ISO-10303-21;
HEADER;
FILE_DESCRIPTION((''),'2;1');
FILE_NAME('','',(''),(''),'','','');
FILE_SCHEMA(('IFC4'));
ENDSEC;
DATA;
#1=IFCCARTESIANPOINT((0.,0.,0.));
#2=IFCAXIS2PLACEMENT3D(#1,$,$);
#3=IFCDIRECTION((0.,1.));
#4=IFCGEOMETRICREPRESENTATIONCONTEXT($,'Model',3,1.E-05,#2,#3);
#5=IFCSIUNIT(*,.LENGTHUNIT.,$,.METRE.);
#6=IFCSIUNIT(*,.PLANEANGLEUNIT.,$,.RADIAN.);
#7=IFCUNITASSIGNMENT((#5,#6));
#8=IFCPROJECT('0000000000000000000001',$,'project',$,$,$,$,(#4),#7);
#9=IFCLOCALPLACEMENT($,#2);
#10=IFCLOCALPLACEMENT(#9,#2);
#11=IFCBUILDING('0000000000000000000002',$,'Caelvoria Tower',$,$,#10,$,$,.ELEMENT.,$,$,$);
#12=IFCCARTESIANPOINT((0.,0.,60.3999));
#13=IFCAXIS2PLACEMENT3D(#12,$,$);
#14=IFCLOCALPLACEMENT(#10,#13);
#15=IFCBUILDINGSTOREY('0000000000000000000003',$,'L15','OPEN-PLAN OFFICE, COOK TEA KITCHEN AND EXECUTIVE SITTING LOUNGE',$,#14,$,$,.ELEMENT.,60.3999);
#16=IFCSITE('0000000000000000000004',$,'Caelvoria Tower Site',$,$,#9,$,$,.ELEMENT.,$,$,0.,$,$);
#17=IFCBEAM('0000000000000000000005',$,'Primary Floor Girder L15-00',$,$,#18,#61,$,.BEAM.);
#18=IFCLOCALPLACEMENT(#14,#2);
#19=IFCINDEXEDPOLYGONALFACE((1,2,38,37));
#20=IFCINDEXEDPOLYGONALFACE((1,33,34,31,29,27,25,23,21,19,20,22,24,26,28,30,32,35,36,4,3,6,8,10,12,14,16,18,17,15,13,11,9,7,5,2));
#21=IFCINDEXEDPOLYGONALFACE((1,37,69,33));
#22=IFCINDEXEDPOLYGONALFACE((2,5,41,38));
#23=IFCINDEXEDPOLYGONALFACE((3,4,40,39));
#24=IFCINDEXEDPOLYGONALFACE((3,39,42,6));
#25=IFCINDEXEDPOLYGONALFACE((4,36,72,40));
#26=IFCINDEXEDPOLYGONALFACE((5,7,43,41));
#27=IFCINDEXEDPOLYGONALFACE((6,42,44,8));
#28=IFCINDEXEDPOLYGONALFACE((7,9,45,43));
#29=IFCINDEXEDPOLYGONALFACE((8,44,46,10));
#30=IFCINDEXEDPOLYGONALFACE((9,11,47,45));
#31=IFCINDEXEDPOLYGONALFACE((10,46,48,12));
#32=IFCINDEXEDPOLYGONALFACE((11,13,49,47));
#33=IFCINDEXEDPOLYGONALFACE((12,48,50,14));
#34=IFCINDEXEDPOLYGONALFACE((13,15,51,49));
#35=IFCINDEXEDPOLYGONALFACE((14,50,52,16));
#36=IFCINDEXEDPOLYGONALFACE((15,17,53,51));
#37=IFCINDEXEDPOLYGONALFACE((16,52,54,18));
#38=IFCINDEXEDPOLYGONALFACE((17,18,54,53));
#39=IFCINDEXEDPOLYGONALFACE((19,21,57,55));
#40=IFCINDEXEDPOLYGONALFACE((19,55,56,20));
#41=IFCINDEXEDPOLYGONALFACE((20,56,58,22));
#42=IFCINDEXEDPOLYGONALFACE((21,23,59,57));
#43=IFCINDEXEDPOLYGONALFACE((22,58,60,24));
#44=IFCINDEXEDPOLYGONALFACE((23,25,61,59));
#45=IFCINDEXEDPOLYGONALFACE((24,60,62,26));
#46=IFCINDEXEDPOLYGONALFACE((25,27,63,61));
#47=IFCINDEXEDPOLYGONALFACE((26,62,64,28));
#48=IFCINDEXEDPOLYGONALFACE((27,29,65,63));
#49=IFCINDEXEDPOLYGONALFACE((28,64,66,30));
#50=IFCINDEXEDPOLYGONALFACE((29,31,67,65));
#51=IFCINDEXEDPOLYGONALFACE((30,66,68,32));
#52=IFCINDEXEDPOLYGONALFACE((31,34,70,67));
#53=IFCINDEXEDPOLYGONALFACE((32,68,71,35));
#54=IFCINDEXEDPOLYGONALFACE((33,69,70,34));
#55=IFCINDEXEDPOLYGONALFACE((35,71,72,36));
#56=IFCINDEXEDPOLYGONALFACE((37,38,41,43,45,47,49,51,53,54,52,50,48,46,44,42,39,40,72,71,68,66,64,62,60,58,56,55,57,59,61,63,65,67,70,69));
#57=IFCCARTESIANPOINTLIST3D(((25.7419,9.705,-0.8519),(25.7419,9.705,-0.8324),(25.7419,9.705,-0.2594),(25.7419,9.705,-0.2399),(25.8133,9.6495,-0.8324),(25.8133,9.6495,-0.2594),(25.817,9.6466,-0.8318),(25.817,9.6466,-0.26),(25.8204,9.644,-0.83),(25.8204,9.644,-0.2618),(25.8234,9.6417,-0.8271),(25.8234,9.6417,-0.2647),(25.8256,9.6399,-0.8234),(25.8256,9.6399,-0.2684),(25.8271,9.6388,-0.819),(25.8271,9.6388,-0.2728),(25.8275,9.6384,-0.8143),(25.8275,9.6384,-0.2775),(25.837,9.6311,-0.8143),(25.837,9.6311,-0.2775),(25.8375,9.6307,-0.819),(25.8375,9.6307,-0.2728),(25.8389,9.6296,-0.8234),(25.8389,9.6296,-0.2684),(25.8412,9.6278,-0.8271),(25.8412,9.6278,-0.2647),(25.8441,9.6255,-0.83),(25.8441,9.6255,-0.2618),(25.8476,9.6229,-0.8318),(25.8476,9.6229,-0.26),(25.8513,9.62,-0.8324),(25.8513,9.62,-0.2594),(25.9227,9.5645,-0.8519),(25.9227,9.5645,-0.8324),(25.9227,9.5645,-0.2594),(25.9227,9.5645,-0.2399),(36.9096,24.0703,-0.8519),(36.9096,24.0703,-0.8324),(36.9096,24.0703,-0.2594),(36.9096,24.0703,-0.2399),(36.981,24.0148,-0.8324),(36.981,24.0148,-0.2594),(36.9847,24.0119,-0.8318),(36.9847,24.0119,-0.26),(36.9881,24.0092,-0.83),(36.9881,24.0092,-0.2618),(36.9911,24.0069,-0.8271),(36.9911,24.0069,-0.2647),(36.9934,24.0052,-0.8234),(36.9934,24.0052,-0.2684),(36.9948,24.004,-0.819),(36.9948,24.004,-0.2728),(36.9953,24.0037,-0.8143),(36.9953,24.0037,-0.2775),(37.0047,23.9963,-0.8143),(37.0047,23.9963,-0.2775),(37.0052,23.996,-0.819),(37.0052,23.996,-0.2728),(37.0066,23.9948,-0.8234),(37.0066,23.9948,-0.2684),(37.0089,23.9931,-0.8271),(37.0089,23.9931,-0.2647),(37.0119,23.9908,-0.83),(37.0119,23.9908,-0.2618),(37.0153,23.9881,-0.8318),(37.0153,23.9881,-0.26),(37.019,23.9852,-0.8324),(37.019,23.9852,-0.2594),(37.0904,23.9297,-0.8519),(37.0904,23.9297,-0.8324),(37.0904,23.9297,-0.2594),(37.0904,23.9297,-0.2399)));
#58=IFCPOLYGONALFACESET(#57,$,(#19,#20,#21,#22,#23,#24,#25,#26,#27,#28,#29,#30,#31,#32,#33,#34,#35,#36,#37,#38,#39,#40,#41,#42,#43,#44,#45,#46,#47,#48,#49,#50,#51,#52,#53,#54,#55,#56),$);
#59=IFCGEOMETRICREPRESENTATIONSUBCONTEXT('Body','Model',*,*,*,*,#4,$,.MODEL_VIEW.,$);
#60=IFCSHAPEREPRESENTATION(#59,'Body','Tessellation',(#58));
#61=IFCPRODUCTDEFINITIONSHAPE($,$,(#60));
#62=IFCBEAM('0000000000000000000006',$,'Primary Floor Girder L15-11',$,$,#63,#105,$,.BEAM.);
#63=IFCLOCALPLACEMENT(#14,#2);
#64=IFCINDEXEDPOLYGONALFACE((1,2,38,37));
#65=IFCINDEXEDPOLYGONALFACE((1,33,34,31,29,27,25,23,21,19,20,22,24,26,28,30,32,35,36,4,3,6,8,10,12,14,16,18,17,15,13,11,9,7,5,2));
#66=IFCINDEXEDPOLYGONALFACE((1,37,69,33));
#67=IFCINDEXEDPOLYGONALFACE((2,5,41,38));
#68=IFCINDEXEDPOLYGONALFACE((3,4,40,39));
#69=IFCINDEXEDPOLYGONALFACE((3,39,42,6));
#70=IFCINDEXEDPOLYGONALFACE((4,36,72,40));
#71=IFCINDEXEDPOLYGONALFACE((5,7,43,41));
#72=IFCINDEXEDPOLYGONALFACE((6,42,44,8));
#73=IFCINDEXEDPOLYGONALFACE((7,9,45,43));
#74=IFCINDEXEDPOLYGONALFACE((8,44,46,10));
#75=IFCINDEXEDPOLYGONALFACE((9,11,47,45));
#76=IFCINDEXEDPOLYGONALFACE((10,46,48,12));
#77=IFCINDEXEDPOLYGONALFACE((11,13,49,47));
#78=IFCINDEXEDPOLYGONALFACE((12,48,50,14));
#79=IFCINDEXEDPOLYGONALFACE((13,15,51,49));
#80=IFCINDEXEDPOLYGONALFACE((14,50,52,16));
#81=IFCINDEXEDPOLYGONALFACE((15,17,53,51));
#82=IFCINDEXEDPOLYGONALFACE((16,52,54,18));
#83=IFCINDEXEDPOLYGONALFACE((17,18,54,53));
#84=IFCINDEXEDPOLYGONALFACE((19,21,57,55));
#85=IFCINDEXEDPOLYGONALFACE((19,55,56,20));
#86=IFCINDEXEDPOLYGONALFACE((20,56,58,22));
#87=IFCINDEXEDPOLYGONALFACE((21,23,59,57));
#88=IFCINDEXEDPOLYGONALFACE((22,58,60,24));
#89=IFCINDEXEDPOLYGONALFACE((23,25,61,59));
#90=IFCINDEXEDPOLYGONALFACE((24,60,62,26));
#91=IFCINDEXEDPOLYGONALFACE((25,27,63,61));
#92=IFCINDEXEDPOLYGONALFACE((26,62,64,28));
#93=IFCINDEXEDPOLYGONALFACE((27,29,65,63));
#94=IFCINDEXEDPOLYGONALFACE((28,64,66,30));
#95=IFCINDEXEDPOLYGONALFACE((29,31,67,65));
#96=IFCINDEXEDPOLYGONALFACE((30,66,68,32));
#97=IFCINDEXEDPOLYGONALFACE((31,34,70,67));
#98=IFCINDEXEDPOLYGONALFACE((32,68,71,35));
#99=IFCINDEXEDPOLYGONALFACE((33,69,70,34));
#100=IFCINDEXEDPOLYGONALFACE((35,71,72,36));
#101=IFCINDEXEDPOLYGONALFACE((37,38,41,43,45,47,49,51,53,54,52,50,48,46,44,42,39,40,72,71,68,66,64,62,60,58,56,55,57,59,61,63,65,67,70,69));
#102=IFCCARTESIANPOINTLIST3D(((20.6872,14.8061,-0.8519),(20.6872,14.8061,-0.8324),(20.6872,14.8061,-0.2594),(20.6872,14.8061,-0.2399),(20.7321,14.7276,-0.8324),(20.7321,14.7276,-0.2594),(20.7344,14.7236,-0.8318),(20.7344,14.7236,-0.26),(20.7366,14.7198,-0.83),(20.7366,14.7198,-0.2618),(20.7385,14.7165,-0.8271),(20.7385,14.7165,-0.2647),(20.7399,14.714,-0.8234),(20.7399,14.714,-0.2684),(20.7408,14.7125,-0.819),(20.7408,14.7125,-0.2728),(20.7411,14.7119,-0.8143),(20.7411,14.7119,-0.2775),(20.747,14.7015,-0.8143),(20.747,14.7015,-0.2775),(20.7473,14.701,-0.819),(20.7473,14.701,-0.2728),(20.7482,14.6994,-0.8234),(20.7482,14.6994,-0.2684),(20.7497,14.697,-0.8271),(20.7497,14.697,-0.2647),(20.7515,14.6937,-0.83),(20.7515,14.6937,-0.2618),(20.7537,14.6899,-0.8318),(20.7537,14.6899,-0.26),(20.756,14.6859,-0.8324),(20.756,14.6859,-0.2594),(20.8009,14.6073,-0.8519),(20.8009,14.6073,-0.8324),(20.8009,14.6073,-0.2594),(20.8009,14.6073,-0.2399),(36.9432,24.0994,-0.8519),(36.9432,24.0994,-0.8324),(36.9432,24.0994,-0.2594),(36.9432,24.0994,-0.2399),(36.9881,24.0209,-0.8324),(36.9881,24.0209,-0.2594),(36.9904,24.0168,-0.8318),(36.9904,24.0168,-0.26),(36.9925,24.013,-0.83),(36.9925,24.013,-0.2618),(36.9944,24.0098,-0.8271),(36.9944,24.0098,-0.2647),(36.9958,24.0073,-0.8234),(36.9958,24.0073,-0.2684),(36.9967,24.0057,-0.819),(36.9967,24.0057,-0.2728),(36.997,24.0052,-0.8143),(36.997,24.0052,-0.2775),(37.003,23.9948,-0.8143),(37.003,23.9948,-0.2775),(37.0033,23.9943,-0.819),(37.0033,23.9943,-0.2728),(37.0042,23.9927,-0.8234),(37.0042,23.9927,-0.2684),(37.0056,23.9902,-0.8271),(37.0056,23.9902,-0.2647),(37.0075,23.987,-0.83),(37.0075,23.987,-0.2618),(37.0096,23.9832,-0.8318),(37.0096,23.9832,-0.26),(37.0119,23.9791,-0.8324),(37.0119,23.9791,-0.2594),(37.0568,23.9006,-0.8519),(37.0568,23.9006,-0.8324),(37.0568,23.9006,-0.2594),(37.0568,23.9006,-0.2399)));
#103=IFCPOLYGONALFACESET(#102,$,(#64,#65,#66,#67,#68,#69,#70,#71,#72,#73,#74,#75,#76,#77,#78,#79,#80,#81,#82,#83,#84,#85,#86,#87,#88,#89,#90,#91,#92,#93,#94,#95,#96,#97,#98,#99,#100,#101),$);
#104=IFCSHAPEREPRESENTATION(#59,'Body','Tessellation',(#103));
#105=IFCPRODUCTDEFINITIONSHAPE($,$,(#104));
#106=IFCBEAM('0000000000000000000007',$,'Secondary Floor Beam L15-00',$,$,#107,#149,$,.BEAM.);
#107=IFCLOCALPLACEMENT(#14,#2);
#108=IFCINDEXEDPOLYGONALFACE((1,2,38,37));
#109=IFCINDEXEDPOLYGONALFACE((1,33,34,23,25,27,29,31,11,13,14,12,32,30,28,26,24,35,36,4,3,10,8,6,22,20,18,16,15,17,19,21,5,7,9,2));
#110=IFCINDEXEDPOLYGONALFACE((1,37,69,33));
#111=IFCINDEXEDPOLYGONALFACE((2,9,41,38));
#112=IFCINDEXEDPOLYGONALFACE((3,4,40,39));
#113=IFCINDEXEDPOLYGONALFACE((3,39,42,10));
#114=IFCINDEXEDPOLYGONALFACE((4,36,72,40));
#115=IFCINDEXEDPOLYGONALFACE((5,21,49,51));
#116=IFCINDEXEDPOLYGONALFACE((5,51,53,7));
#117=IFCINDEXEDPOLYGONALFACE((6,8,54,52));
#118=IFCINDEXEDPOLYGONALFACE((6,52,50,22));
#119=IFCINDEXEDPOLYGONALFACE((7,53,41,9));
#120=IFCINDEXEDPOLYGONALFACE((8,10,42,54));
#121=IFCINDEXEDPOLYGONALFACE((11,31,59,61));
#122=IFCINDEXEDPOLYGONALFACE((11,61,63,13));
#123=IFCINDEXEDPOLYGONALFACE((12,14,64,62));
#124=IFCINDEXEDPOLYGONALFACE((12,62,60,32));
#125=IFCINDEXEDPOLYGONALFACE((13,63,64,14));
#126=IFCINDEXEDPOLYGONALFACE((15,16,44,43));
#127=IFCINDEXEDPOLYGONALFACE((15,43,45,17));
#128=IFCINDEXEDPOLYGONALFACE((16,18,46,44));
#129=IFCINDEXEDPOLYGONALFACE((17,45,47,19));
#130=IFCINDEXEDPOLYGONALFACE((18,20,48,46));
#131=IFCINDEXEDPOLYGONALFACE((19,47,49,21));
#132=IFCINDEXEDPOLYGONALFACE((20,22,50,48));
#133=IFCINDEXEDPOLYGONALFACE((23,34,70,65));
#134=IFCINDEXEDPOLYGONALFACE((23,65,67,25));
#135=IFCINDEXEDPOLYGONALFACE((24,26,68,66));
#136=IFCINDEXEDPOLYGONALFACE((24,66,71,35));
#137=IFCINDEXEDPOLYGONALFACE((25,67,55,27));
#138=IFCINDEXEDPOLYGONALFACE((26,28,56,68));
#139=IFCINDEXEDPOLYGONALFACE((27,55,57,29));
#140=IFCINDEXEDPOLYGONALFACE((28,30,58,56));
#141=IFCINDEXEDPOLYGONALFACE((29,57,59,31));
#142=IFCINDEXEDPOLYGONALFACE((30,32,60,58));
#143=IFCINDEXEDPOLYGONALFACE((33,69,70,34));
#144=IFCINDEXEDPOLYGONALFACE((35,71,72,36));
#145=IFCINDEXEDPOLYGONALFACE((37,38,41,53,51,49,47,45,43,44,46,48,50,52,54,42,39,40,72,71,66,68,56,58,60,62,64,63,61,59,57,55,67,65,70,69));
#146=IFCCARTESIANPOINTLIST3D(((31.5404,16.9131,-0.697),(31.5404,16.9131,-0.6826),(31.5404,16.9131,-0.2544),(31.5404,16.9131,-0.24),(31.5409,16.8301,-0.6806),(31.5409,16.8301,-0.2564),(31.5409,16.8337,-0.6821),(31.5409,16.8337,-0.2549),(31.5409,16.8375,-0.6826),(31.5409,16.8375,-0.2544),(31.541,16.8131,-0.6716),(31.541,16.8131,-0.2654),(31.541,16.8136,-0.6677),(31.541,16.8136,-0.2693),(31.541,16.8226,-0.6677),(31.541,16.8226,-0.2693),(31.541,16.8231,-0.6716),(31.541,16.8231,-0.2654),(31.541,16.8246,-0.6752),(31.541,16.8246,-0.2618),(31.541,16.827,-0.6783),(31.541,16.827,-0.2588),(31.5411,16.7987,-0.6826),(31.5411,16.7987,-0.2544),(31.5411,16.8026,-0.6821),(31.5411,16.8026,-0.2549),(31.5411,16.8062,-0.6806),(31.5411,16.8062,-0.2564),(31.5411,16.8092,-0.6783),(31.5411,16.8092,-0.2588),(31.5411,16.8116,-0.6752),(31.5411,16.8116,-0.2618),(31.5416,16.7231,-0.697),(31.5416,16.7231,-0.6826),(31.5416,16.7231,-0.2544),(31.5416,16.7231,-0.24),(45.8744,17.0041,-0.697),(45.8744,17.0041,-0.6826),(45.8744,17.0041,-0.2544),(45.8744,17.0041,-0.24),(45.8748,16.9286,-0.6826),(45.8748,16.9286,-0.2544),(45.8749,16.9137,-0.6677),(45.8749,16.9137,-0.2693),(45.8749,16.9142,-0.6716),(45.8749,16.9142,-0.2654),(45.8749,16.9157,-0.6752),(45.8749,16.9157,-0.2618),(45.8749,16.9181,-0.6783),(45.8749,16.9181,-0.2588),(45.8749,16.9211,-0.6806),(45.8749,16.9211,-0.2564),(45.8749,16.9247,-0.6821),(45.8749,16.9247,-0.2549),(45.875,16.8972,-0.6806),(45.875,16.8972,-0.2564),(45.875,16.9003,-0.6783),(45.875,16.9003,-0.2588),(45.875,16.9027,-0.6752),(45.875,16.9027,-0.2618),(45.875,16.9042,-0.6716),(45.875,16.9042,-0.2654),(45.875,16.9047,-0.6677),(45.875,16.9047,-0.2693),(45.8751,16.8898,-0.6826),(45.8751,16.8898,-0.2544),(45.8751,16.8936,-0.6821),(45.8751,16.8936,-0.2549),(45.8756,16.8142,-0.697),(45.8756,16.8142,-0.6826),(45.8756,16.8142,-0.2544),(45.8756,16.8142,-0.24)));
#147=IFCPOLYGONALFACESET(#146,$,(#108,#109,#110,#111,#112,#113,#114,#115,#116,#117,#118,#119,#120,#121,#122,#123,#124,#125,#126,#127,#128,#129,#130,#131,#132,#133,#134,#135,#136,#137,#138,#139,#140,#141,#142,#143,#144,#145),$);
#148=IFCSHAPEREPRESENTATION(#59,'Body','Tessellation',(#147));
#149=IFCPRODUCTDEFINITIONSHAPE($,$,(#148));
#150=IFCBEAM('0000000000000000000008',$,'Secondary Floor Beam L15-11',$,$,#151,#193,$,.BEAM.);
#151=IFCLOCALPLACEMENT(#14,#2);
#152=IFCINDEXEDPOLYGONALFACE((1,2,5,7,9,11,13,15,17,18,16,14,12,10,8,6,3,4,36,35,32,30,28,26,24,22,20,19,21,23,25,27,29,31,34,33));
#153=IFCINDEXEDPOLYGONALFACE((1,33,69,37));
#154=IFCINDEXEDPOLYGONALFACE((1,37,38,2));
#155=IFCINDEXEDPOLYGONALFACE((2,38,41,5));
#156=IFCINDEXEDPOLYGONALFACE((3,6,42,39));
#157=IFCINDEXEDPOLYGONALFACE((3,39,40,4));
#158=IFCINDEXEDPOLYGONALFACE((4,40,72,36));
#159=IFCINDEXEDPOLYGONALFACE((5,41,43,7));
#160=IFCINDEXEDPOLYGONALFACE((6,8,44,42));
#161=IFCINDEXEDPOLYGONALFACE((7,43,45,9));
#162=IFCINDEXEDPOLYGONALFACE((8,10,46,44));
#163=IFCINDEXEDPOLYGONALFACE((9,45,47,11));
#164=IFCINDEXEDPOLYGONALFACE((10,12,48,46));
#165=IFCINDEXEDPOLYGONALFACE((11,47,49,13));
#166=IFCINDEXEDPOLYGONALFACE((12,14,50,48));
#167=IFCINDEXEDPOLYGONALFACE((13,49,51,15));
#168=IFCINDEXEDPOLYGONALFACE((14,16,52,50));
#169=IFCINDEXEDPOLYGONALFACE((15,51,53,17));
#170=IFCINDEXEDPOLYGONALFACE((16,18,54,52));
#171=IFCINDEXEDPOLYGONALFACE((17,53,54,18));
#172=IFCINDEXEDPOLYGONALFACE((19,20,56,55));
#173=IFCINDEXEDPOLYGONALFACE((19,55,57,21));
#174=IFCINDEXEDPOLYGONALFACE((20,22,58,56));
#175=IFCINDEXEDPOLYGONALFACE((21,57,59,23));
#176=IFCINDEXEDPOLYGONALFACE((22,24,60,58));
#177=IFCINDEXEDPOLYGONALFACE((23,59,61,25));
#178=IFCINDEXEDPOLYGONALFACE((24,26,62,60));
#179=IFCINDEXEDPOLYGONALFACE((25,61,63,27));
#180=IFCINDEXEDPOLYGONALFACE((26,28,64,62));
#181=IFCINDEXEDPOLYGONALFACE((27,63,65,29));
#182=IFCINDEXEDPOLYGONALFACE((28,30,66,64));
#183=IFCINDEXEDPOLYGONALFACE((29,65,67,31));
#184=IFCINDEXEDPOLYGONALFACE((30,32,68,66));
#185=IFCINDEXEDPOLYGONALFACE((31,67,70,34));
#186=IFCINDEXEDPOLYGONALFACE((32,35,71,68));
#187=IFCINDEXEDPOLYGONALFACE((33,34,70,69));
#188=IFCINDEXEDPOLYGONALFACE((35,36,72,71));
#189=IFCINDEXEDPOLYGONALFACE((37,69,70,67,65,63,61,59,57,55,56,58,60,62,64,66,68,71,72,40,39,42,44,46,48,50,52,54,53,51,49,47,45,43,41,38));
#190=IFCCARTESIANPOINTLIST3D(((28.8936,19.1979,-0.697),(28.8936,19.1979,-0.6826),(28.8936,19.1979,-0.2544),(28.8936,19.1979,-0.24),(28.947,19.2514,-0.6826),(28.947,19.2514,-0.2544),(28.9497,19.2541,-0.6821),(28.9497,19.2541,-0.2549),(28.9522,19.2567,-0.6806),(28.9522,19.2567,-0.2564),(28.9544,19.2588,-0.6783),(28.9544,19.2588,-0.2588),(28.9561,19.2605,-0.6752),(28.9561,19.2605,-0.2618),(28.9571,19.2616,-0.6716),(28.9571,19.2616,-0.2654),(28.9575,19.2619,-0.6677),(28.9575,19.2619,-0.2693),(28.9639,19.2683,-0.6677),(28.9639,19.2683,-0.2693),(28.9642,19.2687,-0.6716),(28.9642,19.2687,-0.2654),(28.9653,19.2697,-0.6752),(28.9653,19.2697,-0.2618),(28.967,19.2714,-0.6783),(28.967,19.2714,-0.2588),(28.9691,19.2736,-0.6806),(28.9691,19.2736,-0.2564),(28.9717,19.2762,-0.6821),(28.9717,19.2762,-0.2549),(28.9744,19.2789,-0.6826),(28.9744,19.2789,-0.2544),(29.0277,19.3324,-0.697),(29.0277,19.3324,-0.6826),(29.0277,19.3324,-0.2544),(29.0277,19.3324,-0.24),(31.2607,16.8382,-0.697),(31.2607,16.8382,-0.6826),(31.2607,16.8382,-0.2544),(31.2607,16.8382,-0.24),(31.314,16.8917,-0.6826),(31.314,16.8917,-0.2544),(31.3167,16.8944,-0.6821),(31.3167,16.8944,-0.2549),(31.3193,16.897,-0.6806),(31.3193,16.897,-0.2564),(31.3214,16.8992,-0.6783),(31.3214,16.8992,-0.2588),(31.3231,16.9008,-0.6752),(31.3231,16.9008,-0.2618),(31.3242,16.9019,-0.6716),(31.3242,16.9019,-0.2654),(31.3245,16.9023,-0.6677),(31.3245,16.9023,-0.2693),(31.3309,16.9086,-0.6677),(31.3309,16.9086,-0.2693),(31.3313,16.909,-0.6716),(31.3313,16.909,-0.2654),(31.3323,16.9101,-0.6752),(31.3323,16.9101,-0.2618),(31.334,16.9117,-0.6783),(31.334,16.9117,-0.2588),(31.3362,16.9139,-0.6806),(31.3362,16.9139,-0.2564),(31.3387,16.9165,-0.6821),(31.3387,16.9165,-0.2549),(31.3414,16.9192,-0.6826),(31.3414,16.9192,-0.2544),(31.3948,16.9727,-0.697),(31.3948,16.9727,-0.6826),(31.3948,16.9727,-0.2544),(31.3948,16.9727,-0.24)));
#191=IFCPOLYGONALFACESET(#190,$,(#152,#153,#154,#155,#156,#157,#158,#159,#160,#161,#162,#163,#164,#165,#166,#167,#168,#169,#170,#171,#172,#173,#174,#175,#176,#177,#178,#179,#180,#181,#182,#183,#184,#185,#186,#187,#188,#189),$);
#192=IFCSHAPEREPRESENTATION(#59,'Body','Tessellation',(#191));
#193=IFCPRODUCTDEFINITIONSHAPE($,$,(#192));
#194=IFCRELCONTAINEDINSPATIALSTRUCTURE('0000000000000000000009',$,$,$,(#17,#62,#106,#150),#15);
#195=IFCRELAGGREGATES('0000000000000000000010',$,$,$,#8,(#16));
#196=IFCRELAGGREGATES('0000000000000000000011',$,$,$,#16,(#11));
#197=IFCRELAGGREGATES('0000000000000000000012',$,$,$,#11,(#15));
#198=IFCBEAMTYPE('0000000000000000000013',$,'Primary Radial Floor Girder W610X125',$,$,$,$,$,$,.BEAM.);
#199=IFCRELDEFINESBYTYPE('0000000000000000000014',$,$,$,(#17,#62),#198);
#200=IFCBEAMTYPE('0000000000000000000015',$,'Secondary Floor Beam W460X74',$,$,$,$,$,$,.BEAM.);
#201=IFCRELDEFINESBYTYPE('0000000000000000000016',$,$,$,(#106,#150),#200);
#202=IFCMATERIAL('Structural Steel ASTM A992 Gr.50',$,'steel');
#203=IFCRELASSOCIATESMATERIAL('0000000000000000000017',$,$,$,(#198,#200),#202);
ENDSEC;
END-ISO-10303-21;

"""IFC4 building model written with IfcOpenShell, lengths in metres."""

from ifc_helpers import new_model, si_unit, direction, frame, origin, origin_2d, place, context, subcontext, project, spatial, i_section, extrude, material, material_profile, profile_set, type_object, element, save


model = new_model("IFC4")

# Units and contexts
model_context = context("Model", 3, precision=1e-05, world=origin(), true_north=direction((0.0, 1.0)))
body_context = subcontext(model_context, "Body", "Model", "MODEL_VIEW")
ifc_project = project(units=[si_unit("LENGTHUNIT", "METRE"), si_unit("PLANEANGLEUNIT", "RADIAN")], contexts=[model_context])

# Site, building, storey
site_placement = place(None, origin())
site = spatial("IfcSite", under=ifc_project, at=site_placement, Name="Caelvoria Tower Site", CompositionType="ELEMENT", RefElevation=0.0)
building_placement = place(site_placement, origin())
building = spatial("IfcBuilding", under=site, at=building_placement, Name="Caelvoria Tower", CompositionType="ELEMENT")
storey_placement = place(building_placement, frame((0.0, 0.0, 60.3999)))
storey = spatial("IfcBuildingStorey", under=building, at=storey_placement, Name="L15", Description="OPEN-PLAN OFFICE, COOK TEA KITCHEN AND EXECUTIVE SITTING LOUNGE", CompositionType="ELEMENT", Elevation=60.3999)

# Beams
ifc_material_1 = material(Name="Structural Steel ASTM A992 Gr.50", Category="steel")
ifc_material_profile_1 = material_profile(ifc_material_1, i_section(OverallWidth=0.229, OverallDepth=0.6121, WebThickness=0.012, FlangeThickness=0.0195, FilletRadius=0.0181, at=origin_2d()), Name="Structural Steel ASTM A992 Gr.50")
ifc_profile_set_1 = profile_set([ifc_material_profile_1], Name="W610X125 - Structural Steel ASTM A992 Gr.50")
beam_type_1 = type_object("IfcBeamType", Name="Primary Radial Floor Girder W610X125", PredefinedType="BEAM", material=ifc_profile_set_1)
beam_1_placement = place(storey_placement, frame((37.0, 24.0, -0.5459), z_axis=(-0.613761, -0.789492, 0.0), x_axis=(0.789492, -0.613761, 0.0)))
element("IfcBeam", 1, at=beam_1_placement, inside=storey, type_object=beam_type_1, Name="Primary Floor Girder L15-00", PredefinedType="BEAM", context=body_context, shape_type="SweptSolid", body=[
    extrude(i_section(OverallWidth=0.229, OverallDepth=0.6121, WebThickness=0.012, FlangeThickness=0.0195, FilletRadius=0.0181, at=origin_2d()), origin(), (0.0, 0.0, 1.0), 18.1956),
])
beam_2_placement = place(storey_placement, frame((37.0, 24.0, -0.5459), z_axis=(-0.868148, -0.496306, 0.0), x_axis=(0.496306, -0.868148, 0.0)))
element("IfcBeam", 2, at=beam_2_placement, inside=storey, type_object=beam_type_1, Name="Primary Floor Girder L15-11", PredefinedType="BEAM", context=body_context, shape_type="SweptSolid", body=[
    extrude(i_section(OverallWidth=0.229, OverallDepth=0.6121, WebThickness=0.012, FlangeThickness=0.0195, FilletRadius=0.0181, at=origin_2d()), origin(), (0.0, 0.0, 1.0), 18.7249),
])
ifc_material_profile_2 = material_profile(ifc_material_1, i_section(OverallWidth=0.1899, OverallDepth=0.457, WebThickness=0.009, FlangeThickness=0.0144, FilletRadius=0.0149, at=origin_2d()), Name="Structural Steel ASTM A992 Gr.50")
ifc_profile_set_2 = profile_set([ifc_material_profile_2], Name="W460X74 - Structural Steel ASTM A992 Gr.50")
beam_type_2 = type_object("IfcBeamType", Name="Secondary Floor Beam W460X74", PredefinedType="BEAM", material=ifc_profile_set_2)
beam_3_placement = place(storey_placement, frame((31.541, 16.8181, -0.4685), z_axis=(0.99998, 0.006353, 0.0), x_axis=(-0.006353, 0.99998, 0.0)))
element("IfcBeam", 3, at=beam_3_placement, inside=storey, type_object=beam_type_2, Name="Secondary Floor Beam L15-00", PredefinedType="BEAM", context=body_context, shape_type="SweptSolid", body=[
    extrude(i_section(OverallWidth=0.1899, OverallDepth=0.457, WebThickness=0.009, FlangeThickness=0.0144, FilletRadius=0.0149, at=origin_2d()), origin(), (0.0, 0.0, 1.0), 14.3342),
])
beam_4_placement = place(storey_placement, frame((28.9607, 19.2651, -0.4685), z_axis=(0.708202, -0.70601, 0.0), x_axis=(0.70601, 0.708202, 0.0)))
element("IfcBeam", 4, at=beam_4_placement, inside=storey, type_object=beam_type_2, Name="Secondary Floor Beam L15-11", PredefinedType="BEAM", context=body_context, shape_type="SweptSolid", body=[
    extrude(i_section(OverallWidth=0.1899, OverallDepth=0.457, WebThickness=0.009, FlangeThickness=0.0144, FilletRadius=0.0149, at=origin_2d()), origin(), (0.0, 0.0, 1.0), 3.3423),
])

save(model, "model.ifc")
